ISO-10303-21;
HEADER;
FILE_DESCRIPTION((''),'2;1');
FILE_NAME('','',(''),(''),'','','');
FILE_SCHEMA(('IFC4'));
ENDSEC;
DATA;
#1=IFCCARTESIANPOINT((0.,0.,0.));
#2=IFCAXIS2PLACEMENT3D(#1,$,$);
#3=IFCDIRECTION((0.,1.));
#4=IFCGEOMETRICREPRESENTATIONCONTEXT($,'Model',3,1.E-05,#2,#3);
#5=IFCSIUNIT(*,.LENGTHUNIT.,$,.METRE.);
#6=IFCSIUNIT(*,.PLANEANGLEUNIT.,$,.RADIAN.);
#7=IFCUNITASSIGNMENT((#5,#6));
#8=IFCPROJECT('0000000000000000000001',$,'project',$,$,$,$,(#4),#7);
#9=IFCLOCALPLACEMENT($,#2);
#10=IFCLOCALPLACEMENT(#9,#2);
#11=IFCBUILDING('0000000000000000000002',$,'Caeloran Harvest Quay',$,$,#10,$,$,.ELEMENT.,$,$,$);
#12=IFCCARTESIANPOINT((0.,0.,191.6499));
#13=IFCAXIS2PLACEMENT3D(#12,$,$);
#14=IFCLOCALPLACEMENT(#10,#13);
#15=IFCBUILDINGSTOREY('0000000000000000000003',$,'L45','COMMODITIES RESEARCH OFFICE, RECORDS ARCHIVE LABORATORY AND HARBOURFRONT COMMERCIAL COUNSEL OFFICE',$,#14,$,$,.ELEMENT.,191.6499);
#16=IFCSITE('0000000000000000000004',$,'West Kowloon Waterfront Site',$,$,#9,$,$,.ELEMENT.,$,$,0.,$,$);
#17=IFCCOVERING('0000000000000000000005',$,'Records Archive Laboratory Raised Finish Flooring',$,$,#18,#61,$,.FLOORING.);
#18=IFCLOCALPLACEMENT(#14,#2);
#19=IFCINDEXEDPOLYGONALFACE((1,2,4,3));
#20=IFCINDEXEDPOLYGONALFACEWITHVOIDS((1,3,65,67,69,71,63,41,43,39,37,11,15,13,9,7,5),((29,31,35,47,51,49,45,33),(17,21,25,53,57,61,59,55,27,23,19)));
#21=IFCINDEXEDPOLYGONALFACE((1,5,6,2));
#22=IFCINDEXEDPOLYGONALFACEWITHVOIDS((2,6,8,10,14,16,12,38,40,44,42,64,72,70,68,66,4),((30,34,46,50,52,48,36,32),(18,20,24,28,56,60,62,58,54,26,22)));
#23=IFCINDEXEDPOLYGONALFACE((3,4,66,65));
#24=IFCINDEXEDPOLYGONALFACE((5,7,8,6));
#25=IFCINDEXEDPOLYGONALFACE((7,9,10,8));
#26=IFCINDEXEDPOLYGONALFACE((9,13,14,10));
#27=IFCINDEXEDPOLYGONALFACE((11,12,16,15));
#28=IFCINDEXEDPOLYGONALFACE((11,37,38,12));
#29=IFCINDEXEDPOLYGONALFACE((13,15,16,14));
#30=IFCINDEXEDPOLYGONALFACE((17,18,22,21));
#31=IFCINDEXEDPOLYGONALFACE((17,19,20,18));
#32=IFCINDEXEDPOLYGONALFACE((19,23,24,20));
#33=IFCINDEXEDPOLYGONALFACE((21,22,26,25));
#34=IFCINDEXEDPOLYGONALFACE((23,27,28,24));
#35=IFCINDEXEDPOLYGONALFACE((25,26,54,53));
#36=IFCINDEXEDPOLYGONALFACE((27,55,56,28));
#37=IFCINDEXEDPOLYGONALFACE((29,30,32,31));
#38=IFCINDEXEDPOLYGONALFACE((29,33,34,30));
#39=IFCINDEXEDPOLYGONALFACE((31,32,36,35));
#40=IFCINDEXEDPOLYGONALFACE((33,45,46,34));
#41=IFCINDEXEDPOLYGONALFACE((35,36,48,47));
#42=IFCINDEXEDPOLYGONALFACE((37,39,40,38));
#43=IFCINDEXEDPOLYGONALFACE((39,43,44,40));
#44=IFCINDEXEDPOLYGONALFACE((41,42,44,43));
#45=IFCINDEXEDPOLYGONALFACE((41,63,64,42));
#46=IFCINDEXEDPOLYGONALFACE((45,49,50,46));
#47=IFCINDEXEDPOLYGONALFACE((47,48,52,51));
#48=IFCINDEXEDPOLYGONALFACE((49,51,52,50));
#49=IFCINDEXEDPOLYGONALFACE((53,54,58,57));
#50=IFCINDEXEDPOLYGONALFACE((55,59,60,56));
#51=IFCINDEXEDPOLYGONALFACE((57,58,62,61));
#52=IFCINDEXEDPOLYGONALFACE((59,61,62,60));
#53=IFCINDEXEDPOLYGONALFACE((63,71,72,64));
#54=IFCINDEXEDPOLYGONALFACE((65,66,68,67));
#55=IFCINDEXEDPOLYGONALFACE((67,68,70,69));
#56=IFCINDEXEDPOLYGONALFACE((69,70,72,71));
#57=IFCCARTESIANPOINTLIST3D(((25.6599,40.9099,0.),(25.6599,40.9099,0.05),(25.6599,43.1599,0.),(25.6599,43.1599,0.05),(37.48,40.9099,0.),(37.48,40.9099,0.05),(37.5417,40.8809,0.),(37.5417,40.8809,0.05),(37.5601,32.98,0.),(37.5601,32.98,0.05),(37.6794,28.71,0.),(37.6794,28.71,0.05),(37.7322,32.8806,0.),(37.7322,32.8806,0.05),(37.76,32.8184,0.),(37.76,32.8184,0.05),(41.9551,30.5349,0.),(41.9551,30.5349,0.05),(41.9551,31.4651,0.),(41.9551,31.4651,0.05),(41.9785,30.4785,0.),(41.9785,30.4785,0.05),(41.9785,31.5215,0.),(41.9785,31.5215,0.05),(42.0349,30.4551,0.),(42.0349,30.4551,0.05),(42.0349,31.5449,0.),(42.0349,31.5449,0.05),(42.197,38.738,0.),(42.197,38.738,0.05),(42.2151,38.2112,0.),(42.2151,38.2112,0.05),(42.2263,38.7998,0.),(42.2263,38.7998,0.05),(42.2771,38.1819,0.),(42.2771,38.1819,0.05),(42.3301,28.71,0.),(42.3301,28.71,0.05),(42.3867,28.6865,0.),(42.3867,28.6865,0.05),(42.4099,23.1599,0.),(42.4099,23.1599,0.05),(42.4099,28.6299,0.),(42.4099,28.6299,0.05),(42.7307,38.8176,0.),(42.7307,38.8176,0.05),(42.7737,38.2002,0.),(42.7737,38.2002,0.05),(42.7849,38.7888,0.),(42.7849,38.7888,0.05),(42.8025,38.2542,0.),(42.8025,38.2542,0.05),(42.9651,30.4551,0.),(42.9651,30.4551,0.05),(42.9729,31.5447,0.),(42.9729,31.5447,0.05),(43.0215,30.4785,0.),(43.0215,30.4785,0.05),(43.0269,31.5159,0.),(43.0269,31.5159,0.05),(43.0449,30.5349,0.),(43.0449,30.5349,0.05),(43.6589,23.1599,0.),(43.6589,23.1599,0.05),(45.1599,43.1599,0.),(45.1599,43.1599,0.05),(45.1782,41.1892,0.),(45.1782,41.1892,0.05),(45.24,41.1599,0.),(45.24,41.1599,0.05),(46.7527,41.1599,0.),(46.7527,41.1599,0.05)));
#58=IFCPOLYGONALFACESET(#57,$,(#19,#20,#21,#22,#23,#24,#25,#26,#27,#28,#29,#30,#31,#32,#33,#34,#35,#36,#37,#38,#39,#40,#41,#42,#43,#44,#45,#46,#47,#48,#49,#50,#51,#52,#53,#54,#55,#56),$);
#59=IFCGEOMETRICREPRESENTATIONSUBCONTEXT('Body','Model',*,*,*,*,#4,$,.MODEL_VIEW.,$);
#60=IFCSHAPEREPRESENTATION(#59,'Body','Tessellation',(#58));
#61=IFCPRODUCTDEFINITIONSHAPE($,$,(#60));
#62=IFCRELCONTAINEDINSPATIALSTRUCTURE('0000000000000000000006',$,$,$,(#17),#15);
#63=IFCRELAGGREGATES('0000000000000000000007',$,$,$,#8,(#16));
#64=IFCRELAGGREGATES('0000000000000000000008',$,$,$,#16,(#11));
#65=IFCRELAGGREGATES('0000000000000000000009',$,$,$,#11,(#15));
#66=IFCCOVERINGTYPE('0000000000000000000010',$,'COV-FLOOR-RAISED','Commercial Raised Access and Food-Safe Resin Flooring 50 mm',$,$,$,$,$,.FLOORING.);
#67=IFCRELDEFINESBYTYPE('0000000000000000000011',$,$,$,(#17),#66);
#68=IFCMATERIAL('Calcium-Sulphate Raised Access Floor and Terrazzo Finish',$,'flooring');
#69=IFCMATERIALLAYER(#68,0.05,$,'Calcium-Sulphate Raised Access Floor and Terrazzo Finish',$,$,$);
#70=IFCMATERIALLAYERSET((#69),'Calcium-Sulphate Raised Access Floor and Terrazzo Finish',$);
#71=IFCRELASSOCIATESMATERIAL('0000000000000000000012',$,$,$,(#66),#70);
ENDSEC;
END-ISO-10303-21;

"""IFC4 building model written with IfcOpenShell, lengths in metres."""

from ifc_helpers import new_model, si_unit, direction, frame, origin, place, context, subcontext, project, spatial, polyline, outline, extrude, material, layer, layer_set, type_object, element, save


model = new_model("IFC4")

# Units and contexts
model_context = context("Model", 3, precision=1e-05, world=origin(), true_north=direction((0.0, 1.0)))
body_context = subcontext(model_context, "Body", "Model", "MODEL_VIEW")
ifc_project = project(units=[si_unit("LENGTHUNIT", "METRE"), si_unit("PLANEANGLEUNIT", "RADIAN")], contexts=[model_context])

# Site, building, storey
site_placement = place(None, origin())
site = spatial("IfcSite", under=ifc_project, at=site_placement, Name="West Kowloon Waterfront Site", CompositionType="ELEMENT", RefElevation=0.0)
building_placement = place(site_placement, origin())
building = spatial("IfcBuilding", under=site, at=building_placement, Name="Caeloran Harvest Quay", CompositionType="ELEMENT")
storey_placement = place(building_placement, frame((0.0, 0.0, 191.6499)))
storey = spatial("IfcBuildingStorey", under=building, at=storey_placement, Name="L45", Description="COMMODITIES RESEARCH OFFICE, RECORDS ARCHIVE LABORATORY AND HARBOURFRONT COMMERCIAL COUNSEL OFFICE", CompositionType="ELEMENT", Elevation=191.6499)

# Covering
ifc_material_1 = material(Name="Calcium-Sulphate Raised Access Floor and Terrazzo Finish", Category="flooring")
ifc_layer_1 = layer(ifc_material_1, 0.05, Name="Calcium-Sulphate Raised Access Floor and Terrazzo Finish")
ifc_layer_set_1 = layer_set([ifc_layer_1], Name="Calcium-Sulphate Raised Access Floor and Terrazzo Finish")
covering_type_1 = type_object("IfcCoveringType", Name="COV-FLOOR-RAISED", Description="Commercial Raised Access and Food-Safe Resin Flooring 50 mm", PredefinedType="FLOORING", material=ifc_layer_set_1)
covering_1_placement = place(storey_placement, origin())
element("IfcCovering", 1, at=covering_1_placement, inside=storey, type_object=covering_type_1, Name="Records Archive Laboratory Raised Finish Flooring", PredefinedType="FLOORING", context=body_context, shape_type="SweptSolid", body=[
    extrude(outline(polyline([(25.6599, 43.1599), (45.1599, 43.1599), (45.1782, 41.1892), (45.24, 41.1599), (46.7527, 41.1599), (43.6589, 23.1599), (42.4099, 23.1599), (42.4099, 28.6299), (42.3867, 28.6865), (42.3301, 28.71), (37.6794, 28.71), (37.76, 32.8184), (37.7322, 32.8806), (37.5601, 32.98), (37.5417, 40.8809), (37.48, 40.9099), (25.6599, 40.9099), (25.6599, 43.1599)]), holes=[polyline([(43.0449, 30.5349), (43.0269, 31.5159), (42.9729, 31.5447), (42.0349, 31.5449), (41.9785, 31.5215), (41.9551, 31.4651), (41.9551, 30.5349), (41.9785, 30.4785), (42.0349, 30.4551), (42.9651, 30.4551), (43.0215, 30.4785), (43.0449, 30.5349)]), polyline([(42.8025, 38.2542), (42.7849, 38.7888), (42.7307, 38.8176), (42.2263, 38.7998), (42.197, 38.738), (42.2151, 38.2112), (42.2771, 38.1819), (42.7737, 38.2002), (42.8025, 38.2542)])]), origin(), (0.0, 0.0, 1.0), 0.05),
])

save(model, "model.ifc")
